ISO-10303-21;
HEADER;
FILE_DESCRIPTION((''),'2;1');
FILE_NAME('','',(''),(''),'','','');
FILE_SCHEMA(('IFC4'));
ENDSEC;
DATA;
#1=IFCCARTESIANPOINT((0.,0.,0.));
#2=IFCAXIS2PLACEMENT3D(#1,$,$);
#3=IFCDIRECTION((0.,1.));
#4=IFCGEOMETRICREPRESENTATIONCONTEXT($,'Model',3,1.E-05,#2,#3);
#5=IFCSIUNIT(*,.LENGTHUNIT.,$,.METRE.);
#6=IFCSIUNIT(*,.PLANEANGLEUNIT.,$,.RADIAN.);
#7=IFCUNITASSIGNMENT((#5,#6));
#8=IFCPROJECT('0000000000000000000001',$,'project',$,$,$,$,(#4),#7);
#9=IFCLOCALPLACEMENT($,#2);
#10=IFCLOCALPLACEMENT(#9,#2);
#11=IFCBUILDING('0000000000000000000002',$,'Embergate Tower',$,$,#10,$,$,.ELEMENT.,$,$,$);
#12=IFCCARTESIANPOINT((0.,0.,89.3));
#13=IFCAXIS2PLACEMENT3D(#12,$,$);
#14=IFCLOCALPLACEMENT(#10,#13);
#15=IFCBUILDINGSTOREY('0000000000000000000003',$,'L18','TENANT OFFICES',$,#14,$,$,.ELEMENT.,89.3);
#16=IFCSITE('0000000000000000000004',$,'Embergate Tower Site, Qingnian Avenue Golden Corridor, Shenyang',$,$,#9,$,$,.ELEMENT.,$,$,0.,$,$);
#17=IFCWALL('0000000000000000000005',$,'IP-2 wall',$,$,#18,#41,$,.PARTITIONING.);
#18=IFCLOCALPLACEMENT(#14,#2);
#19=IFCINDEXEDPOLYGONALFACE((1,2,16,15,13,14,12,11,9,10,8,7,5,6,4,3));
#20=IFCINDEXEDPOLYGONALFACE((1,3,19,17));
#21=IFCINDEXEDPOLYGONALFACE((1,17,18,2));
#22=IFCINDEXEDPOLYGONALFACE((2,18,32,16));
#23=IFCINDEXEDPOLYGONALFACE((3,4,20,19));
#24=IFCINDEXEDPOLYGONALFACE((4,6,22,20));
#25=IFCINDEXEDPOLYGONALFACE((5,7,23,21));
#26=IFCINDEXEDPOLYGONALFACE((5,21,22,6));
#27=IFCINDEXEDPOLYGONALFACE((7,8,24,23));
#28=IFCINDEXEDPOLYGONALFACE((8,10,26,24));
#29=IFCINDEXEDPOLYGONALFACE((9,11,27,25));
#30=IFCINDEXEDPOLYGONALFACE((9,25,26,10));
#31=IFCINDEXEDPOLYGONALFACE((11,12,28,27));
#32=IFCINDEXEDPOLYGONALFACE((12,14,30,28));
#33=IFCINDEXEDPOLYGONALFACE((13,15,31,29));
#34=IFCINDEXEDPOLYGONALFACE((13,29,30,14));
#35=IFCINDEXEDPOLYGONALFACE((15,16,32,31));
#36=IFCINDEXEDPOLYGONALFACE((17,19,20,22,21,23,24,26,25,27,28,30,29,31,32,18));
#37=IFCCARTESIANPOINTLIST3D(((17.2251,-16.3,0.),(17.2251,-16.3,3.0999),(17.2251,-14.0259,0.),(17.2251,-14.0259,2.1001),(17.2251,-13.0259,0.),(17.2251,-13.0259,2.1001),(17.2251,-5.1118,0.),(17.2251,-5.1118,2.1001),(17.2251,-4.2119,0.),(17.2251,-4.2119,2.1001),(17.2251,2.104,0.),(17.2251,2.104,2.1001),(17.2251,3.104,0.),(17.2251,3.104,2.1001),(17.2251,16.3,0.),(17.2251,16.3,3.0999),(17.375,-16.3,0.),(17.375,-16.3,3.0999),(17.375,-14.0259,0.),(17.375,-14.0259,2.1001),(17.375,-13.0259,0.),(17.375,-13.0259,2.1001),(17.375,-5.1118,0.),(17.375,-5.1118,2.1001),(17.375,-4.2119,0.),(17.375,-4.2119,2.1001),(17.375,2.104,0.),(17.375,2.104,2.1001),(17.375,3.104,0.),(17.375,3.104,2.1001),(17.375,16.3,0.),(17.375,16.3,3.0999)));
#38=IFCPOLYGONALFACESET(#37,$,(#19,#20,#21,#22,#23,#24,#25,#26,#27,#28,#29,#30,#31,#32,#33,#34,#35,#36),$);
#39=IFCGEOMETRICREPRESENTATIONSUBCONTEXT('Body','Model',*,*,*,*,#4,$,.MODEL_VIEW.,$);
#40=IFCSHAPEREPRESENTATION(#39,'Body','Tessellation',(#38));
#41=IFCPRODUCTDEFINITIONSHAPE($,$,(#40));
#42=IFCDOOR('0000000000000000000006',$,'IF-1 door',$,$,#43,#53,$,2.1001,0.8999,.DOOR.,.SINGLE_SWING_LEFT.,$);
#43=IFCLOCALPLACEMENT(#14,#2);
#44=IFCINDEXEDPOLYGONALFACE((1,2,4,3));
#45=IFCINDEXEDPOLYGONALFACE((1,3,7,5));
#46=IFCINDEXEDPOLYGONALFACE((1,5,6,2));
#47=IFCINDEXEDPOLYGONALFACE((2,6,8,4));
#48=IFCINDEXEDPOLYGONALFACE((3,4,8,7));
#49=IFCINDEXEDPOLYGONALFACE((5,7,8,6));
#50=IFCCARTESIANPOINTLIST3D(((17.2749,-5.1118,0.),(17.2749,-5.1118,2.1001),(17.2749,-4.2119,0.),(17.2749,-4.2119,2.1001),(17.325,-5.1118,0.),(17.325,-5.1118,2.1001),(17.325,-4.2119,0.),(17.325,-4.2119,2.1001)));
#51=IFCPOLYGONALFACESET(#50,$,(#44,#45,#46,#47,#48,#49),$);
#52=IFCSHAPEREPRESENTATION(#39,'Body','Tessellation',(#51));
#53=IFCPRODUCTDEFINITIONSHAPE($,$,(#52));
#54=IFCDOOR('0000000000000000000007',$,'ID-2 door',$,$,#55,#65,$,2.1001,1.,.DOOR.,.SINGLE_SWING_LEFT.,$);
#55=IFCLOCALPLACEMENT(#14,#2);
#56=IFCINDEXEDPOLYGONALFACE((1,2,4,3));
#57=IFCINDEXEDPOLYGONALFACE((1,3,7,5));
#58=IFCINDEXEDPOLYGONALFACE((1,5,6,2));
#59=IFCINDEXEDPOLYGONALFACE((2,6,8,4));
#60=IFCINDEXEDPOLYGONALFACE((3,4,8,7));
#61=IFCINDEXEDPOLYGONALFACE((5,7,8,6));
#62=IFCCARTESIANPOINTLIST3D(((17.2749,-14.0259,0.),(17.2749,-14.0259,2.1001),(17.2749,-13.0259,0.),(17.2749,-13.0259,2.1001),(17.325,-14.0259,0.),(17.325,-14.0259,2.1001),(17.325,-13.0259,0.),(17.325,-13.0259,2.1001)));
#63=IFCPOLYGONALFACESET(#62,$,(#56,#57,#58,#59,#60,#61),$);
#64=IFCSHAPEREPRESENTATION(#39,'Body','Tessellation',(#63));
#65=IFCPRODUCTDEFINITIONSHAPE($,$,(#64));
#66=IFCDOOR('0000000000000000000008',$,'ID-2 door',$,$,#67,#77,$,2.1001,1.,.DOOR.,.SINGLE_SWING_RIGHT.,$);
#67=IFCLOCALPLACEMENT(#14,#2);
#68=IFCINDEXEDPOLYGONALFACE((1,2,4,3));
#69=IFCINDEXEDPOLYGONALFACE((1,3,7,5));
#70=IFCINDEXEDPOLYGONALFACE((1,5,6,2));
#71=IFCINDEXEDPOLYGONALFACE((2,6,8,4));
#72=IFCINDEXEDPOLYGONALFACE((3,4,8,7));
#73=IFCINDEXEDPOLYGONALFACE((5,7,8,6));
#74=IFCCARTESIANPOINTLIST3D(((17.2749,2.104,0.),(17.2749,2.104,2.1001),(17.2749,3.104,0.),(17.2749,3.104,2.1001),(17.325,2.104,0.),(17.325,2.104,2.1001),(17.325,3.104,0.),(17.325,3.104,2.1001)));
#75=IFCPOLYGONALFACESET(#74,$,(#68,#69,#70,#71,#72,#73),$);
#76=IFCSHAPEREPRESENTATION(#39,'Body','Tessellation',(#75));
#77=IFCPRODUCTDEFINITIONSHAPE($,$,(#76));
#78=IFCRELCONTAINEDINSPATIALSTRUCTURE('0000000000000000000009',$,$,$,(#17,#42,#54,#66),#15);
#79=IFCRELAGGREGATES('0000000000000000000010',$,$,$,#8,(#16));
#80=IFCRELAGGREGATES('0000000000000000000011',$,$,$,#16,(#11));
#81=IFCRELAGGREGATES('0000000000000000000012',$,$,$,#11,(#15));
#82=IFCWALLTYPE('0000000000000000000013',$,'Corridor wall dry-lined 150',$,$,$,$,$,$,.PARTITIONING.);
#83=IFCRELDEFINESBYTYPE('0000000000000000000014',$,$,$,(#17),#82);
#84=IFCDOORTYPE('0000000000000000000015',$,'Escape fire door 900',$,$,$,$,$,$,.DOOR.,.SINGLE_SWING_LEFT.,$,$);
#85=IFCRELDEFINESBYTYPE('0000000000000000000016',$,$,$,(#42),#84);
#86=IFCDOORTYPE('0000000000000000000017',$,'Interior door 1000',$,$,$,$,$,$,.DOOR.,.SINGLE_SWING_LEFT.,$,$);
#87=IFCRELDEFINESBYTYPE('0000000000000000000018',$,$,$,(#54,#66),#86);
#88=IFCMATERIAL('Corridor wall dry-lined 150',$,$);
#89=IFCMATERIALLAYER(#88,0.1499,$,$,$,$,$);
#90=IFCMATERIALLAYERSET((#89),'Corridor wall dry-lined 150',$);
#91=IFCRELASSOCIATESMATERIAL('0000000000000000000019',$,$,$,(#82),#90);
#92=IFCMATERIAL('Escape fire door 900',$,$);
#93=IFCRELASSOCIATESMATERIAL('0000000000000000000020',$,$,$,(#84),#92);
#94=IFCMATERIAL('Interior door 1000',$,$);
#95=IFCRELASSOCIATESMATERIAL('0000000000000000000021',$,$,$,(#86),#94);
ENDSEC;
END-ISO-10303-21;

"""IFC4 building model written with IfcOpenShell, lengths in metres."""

from ifc_helpers import new_model, si_unit, direction, frame, frame_2d, origin, place, context, subcontext, project, spatial, rectangle, extrude, source, transform, mapped, material, layer, layer_set, type_object, element, fill, save


model = new_model("IFC4")

# Units and contexts
model_context = context("Model", 3, precision=1e-05, world=origin(), true_north=direction((0.0, 1.0)))
body_context = subcontext(model_context, "Body", "Model", "MODEL_VIEW")
ifc_project = project(units=[si_unit("LENGTHUNIT", "METRE"), si_unit("PLANEANGLEUNIT", "RADIAN")], contexts=[model_context])

# Site, building, storey
site_placement = place(None, origin())
site = spatial("IfcSite", under=ifc_project, at=site_placement, Name="Embergate Tower Site, Qingnian Avenue Golden Corridor, Shenyang", CompositionType="ELEMENT", RefElevation=0.0)
building_placement = place(site_placement, origin())
building = spatial("IfcBuilding", under=site, at=building_placement, Name="Embergate Tower", CompositionType="ELEMENT")
storey_placement = place(building_placement, frame((0.0, 0.0, 89.3)))
storey = spatial("IfcBuildingStorey", under=building, at=storey_placement, Name="L18", Description="TENANT OFFICES", CompositionType="ELEMENT", Elevation=89.3)

# Wall, openings, doors
ifc_material_1 = material(Name="Corridor wall dry-lined 150")
ifc_layer_1 = layer(ifc_material_1, 0.1499)
ifc_layer_set_1 = layer_set([ifc_layer_1], Name="Corridor wall dry-lined 150")
wall_type_1 = type_object("IfcWallType", Name="Corridor wall dry-lined 150", PredefinedType="PARTITIONING", material=ifc_layer_set_1)
shared_shape_1 = source(origin(), body_context, "Body", "SweptSolid", [
    extrude(rectangle(XDim=32.6001, YDim=0.1499, at=frame_2d((16.3, 0.0))), origin(), (0.0, 0.0, 1.0), 3.0999),
])
wall_1_placement = place(storey_placement, frame((17.3, 16.3, 0.0), z_axis=(0.0, 0.0, 1.0), x_axis=(0.0, -1.0, 0.0)))
wall_1 = element("IfcWall", 1, at=wall_1_placement, inside=storey, type_object=wall_type_1, Name="IP-2 wall", PredefinedType="PARTITIONING", context=body_context, shape_type="MappedRepresentation", body=[
    mapped(shared_shape_1, transform((0.0, 0.0, 0.0))),
])
shared_shape_2 = source(origin(), body_context, "Body", "SweptSolid", [
    extrude(rectangle(XDim=1.0, YDim=2.1001, at=frame_2d((0.5, 1.05))), frame((0.0, 0.085, 0.0), z_axis=(0.0, -1.0, 0.0), x_axis=(1.0, 0.0, 0.0)), (0.0, 0.0, 1.0), 0.1699),
])
opening_1_placement = place(wall_1_placement, frame((29.3259, 0.0, 0.0)))
opening_1 = element("IfcOpeningElement", 2, at=opening_1_placement, cuts=wall_1, PredefinedType="OPENING", context=body_context, shape_type="MappedRepresentation", body=[
    mapped(shared_shape_2, transform((0.0, 0.0, 0.0))),
])
shared_shape_3 = source(origin(), body_context, "Body", "SweptSolid", [
    extrude(rectangle(XDim=0.8999, YDim=2.1001, at=frame_2d((0.45, 1.05))), frame((0.0, 0.085, 0.0), z_axis=(0.0, -1.0, 0.0), x_axis=(1.0, 0.0, 0.0)), (0.0, 0.0, 1.0), 0.1699),
])
opening_2_placement = place(wall_1_placement, frame((20.512, 0.0, 0.0)))
opening_2 = element("IfcOpeningElement", 3, at=opening_2_placement, cuts=wall_1, PredefinedType="OPENING", context=body_context, shape_type="MappedRepresentation", body=[
    mapped(shared_shape_3, transform((0.0, 0.0, 0.0))),
])
opening_3_placement = place(wall_1_placement, frame((13.196, 0.0, 0.0)))
opening_3 = element("IfcOpeningElement", 4, at=opening_3_placement, cuts=wall_1, PredefinedType="OPENING", context=body_context, shape_type="MappedRepresentation", body=[
    mapped(shared_shape_2, transform((0.0, 0.0, 0.0))),
])
ifc_material_2 = material(Name="Escape fire door 900")
door_type_1 = type_object("IfcDoorType", Name="Escape fire door 900", OperationType="SINGLE_SWING_LEFT", PredefinedType="DOOR", material=ifc_material_2)
shared_shape_4 = source(origin(), body_context, "Body", "SweptSolid", [
    extrude(rectangle(XDim=0.8999, YDim=2.1001, at=frame_2d((0.45, 1.05))), frame((0.0, 0.0249, 0.0), z_axis=(0.0, -1.0, 0.0), x_axis=(1.0, 0.0, 0.0)), (0.0, 0.0, 1.0), 0.05),
])
door_1_placement = place(opening_2_placement, origin())
door_1 = element("IfcDoor", 5, at=door_1_placement, inside=storey, type_object=door_type_1, Name="IF-1 door", OperationType="SINGLE_SWING_LEFT", OverallHeight=2.1001, OverallWidth=0.8999, PredefinedType="DOOR", context=body_context, shape_type="MappedRepresentation", body=[
    mapped(shared_shape_4, transform((0.0, 0.0, 0.0))),
])
fill(opening_2, door_1)
ifc_material_3 = material(Name="Interior door 1000")
door_type_2 = type_object("IfcDoorType", Name="Interior door 1000", OperationType="SINGLE_SWING_LEFT", PredefinedType="DOOR", material=ifc_material_3)
shared_shape_5 = source(origin(), body_context, "Body", "SweptSolid", [
    extrude(rectangle(XDim=1.0, YDim=2.1001, at=frame_2d((0.5, 1.05))), frame((0.0, 0.0249, 0.0), z_axis=(0.0, -1.0, 0.0), x_axis=(1.0, 0.0, 0.0)), (0.0, 0.0, 1.0), 0.05),
])
door_2_placement = place(opening_1_placement, origin())
door_2 = element("IfcDoor", 6, at=door_2_placement, inside=storey, type_object=door_type_2, Name="ID-2 door", OperationType="SINGLE_SWING_LEFT", OverallHeight=2.1001, OverallWidth=1.0, PredefinedType="DOOR", context=body_context, shape_type="MappedRepresentation", body=[
    mapped(shared_shape_5, transform((0.0, 0.0, 0.0))),
])
fill(opening_1, door_2)
door_3_placement = place(opening_3_placement, origin())
door_3 = element("IfcDoor", 7, at=door_3_placement, inside=storey, type_object=door_type_2, Name="ID-2 door", OperationType="SINGLE_SWING_RIGHT", OverallHeight=2.1001, OverallWidth=1.0, PredefinedType="DOOR", context=body_context, shape_type="MappedRepresentation", body=[
    mapped(shared_shape_5, transform((0.0, 0.0, 0.0))),
])
fill(opening_3, door_3)

save(model, "model.ifc")
